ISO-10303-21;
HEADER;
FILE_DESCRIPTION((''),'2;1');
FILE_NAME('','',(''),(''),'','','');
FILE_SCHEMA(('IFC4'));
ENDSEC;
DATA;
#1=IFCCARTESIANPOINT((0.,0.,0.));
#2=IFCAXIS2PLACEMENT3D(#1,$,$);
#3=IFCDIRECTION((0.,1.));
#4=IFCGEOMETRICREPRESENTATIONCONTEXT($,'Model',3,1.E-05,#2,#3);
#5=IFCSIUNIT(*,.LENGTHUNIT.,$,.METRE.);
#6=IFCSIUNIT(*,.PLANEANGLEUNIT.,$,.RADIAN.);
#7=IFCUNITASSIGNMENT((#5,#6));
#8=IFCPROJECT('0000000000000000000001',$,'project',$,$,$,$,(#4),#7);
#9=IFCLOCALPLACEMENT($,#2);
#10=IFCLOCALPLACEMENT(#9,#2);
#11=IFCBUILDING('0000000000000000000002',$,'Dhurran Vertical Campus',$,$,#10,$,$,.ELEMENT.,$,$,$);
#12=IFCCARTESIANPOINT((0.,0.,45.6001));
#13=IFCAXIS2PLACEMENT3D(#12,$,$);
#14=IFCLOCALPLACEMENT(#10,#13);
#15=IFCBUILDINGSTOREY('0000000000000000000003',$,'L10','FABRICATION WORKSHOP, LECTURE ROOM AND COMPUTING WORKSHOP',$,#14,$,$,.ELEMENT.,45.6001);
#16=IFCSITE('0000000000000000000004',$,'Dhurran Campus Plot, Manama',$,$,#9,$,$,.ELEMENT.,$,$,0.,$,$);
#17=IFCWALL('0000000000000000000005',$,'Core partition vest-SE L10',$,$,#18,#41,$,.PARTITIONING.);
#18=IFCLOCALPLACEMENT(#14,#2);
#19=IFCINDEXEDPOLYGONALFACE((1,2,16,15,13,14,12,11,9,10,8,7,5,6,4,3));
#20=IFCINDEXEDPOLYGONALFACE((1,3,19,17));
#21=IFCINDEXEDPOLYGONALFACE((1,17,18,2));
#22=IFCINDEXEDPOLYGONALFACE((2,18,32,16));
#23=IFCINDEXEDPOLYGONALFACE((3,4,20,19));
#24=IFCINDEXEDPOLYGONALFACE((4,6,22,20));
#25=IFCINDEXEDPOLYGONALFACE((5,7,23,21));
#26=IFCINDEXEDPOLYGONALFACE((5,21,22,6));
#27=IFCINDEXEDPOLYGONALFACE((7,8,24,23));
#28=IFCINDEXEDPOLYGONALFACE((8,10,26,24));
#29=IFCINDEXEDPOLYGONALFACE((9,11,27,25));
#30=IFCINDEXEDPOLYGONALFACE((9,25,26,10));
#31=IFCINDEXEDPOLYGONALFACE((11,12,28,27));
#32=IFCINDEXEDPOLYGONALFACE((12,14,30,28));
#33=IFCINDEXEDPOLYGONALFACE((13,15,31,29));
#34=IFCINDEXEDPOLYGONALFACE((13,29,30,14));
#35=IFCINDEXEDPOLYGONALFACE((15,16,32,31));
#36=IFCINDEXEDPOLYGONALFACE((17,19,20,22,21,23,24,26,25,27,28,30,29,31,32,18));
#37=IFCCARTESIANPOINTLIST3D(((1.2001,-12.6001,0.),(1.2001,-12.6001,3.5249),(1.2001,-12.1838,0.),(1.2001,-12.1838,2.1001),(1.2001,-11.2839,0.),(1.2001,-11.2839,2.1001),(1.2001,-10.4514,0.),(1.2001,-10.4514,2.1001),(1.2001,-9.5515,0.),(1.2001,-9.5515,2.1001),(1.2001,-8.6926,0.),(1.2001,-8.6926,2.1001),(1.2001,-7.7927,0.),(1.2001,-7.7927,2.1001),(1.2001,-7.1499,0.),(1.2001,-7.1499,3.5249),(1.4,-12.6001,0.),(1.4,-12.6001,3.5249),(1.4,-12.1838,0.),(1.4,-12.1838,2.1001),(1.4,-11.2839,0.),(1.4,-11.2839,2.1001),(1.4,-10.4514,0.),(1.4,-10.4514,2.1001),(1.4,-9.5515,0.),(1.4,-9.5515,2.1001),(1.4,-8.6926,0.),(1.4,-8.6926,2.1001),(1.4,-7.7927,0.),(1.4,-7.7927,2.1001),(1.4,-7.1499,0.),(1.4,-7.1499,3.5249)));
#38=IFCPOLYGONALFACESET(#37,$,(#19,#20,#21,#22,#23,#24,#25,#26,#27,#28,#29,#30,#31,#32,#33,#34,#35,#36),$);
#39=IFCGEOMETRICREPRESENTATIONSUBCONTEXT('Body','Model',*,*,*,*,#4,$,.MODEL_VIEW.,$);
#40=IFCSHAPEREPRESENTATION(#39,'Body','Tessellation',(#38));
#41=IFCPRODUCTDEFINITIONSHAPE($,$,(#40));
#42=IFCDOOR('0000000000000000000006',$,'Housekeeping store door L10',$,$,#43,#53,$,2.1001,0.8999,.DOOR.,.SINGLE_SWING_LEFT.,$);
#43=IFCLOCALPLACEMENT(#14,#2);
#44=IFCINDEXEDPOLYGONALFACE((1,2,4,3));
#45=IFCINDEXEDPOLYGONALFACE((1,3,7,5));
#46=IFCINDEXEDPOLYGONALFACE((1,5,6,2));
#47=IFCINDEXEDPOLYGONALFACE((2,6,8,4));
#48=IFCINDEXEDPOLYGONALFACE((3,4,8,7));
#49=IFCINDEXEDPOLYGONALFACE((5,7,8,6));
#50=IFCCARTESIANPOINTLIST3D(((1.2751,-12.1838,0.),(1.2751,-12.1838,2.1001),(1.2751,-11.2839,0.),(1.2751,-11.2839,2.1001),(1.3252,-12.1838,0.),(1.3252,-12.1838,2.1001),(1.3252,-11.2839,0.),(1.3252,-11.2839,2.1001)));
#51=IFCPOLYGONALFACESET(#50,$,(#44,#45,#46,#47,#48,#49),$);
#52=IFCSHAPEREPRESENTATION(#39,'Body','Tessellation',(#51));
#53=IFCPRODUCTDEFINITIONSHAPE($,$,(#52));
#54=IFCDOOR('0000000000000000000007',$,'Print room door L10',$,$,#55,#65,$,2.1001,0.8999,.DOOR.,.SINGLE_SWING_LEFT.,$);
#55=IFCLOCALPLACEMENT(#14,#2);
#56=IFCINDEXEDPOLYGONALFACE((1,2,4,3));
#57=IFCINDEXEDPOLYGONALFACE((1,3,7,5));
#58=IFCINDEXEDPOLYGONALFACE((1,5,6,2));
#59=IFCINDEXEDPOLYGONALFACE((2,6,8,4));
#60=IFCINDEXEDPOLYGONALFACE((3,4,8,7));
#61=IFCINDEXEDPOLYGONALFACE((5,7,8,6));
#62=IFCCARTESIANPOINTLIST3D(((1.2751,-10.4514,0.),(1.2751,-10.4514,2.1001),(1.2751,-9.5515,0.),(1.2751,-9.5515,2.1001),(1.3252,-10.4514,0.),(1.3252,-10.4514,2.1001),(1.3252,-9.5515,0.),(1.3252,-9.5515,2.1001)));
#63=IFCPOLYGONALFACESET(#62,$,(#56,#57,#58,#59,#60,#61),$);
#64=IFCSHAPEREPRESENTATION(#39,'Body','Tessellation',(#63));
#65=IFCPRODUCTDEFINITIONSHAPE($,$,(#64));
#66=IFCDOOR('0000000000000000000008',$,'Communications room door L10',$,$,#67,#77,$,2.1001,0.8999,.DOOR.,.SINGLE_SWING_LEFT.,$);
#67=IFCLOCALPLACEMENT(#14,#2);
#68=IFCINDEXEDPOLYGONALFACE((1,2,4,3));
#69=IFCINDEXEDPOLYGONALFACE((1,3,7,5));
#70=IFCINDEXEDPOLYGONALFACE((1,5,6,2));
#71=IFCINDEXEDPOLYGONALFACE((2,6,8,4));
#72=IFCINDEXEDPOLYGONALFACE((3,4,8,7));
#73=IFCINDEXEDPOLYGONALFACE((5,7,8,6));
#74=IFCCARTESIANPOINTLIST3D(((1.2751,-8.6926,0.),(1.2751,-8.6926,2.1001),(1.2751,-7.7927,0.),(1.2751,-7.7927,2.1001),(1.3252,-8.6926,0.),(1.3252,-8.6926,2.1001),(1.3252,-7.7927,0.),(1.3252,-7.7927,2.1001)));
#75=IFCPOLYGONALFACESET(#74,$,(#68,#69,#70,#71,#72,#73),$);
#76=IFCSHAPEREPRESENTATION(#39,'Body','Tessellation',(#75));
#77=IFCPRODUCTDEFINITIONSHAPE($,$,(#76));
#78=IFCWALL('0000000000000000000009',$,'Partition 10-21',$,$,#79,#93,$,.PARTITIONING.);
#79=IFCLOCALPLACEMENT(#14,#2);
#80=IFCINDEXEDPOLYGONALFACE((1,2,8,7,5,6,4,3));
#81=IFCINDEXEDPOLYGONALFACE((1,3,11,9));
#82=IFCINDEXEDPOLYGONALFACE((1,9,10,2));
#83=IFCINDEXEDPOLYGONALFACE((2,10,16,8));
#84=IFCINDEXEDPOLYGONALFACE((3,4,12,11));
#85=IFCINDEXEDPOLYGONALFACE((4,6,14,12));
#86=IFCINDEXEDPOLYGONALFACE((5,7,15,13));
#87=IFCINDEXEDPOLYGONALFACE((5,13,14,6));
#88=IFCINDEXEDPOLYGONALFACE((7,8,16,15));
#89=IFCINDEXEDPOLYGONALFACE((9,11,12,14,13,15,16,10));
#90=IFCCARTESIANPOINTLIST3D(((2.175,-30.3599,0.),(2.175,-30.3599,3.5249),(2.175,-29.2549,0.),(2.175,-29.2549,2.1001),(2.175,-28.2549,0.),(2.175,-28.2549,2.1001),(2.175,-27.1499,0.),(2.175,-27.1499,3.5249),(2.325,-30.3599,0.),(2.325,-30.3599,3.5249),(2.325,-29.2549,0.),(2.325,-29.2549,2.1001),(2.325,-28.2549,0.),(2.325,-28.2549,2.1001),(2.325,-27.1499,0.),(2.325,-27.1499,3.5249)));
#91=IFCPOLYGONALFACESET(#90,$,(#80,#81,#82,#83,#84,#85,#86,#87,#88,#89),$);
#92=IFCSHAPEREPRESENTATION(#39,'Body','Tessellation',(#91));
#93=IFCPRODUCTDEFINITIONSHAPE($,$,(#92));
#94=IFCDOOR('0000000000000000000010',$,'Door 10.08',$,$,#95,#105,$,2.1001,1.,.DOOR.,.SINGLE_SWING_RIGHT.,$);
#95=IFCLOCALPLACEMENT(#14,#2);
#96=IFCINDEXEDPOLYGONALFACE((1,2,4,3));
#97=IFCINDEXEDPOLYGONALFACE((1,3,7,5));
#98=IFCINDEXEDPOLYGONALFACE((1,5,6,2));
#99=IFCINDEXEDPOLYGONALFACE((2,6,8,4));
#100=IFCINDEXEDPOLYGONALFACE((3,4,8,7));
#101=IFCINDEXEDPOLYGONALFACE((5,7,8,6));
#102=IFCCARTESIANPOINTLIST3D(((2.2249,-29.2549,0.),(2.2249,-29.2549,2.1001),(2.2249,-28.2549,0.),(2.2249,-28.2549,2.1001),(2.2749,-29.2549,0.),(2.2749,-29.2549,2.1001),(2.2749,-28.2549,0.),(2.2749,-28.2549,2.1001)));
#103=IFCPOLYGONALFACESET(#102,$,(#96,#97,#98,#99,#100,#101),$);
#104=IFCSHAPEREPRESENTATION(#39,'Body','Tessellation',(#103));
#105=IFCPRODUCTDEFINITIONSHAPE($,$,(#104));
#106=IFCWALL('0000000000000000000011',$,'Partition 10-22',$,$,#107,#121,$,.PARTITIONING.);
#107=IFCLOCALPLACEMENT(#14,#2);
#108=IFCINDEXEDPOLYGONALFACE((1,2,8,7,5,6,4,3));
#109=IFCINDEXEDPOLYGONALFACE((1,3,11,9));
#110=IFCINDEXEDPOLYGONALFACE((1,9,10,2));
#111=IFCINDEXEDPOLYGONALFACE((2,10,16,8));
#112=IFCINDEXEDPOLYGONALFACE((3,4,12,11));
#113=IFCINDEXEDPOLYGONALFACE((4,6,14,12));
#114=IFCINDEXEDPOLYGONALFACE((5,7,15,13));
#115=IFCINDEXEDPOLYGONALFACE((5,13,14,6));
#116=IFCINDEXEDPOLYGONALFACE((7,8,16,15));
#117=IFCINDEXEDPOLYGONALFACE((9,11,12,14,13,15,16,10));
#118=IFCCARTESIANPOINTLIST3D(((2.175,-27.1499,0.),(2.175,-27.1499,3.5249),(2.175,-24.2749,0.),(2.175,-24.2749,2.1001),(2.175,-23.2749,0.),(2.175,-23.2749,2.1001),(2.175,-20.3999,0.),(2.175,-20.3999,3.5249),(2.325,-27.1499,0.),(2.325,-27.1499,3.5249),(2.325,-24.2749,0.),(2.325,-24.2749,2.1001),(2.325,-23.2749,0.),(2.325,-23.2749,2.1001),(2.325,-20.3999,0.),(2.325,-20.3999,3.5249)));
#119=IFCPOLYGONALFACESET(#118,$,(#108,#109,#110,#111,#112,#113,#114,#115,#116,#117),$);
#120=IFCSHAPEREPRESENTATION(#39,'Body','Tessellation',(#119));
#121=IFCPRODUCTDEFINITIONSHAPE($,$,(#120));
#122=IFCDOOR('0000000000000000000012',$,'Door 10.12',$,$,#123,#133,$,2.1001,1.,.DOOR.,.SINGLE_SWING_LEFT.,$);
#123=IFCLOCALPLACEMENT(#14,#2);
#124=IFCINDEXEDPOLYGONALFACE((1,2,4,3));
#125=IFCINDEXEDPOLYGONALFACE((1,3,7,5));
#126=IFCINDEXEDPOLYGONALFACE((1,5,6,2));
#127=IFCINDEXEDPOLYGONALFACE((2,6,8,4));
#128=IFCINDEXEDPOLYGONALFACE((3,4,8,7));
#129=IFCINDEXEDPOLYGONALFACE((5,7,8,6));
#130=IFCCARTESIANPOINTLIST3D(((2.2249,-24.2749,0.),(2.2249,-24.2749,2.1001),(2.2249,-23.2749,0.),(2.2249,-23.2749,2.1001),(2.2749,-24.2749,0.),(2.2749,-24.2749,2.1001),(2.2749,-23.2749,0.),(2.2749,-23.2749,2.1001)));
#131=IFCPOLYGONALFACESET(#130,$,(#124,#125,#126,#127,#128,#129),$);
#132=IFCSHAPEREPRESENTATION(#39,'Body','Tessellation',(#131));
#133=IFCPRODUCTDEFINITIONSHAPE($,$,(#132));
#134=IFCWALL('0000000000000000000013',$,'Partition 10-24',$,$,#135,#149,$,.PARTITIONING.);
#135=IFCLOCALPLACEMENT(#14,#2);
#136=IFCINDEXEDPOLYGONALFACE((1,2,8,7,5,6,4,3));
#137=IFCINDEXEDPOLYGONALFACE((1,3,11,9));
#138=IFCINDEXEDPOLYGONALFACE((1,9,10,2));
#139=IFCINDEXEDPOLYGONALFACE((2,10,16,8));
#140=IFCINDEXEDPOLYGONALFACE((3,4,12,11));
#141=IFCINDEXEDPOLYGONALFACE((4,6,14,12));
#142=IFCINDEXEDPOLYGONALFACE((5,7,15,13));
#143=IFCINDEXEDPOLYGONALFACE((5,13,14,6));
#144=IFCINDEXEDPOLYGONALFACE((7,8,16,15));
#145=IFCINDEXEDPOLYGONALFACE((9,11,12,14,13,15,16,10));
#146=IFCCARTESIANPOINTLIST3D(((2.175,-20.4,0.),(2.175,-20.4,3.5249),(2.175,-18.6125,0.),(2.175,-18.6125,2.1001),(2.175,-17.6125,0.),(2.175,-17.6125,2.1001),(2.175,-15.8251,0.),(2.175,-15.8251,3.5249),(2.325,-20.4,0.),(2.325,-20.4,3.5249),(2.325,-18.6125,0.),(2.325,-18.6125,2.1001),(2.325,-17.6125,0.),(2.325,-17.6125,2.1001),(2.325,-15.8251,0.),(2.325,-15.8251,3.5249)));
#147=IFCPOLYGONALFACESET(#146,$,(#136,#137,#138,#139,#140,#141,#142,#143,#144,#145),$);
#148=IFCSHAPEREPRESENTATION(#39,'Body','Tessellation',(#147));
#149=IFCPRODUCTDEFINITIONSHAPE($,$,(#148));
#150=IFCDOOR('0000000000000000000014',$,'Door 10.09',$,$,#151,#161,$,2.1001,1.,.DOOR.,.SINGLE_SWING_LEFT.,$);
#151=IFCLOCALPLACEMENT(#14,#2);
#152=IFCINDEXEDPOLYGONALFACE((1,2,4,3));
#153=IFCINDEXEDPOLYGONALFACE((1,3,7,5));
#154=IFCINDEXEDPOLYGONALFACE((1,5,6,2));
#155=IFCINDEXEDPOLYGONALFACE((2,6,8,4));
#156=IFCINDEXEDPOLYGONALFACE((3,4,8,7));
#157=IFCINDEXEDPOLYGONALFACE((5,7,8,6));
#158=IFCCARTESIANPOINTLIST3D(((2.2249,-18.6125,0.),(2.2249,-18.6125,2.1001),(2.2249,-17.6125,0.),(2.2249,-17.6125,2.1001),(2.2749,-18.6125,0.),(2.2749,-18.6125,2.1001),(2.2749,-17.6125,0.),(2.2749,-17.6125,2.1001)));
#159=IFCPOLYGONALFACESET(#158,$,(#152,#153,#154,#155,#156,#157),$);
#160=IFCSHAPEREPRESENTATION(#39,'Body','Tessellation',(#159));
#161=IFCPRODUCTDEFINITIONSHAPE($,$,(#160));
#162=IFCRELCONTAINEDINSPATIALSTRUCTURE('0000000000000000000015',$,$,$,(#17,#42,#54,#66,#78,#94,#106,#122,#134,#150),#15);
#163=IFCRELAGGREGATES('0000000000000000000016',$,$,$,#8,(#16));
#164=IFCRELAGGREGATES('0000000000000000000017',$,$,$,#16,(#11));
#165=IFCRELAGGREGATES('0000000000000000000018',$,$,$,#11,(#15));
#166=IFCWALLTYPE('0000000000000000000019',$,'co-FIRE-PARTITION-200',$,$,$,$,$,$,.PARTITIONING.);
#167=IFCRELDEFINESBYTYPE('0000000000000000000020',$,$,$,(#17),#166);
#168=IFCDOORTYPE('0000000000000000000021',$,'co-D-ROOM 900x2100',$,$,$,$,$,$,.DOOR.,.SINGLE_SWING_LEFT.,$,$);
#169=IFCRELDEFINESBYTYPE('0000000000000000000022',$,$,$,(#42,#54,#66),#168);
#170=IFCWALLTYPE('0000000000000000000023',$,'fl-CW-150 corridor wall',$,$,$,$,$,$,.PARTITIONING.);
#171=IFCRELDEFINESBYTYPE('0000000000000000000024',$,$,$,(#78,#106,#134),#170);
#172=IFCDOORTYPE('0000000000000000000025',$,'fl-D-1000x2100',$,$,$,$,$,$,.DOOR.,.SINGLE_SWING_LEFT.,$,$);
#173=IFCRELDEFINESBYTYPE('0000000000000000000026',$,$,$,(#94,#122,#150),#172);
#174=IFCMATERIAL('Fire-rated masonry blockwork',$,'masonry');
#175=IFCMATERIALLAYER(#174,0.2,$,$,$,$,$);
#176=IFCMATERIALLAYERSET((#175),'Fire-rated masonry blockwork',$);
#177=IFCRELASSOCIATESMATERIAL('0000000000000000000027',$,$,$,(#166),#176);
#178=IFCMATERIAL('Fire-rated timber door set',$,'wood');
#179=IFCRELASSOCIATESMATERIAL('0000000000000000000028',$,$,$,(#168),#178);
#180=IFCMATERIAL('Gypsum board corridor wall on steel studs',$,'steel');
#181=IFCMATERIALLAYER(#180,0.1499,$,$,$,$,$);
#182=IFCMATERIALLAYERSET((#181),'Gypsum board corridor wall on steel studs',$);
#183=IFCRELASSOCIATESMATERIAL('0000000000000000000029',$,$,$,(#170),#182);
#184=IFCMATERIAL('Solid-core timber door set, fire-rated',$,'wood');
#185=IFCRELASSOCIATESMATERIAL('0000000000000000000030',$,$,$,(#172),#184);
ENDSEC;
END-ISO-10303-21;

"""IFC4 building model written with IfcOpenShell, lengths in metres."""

from ifc_helpers import new_model, si_unit, direction, frame, frame_2d, origin, place, context, subcontext, project, spatial, rectangle, extrude, material, layer, layer_set, type_object, element, fill, save


model = new_model("IFC4")

# Units and contexts
model_context = context("Model", 3, precision=1e-05, world=origin(), true_north=direction((0.0, 1.0)))
body_context = subcontext(model_context, "Body", "Model", "MODEL_VIEW")
ifc_project = project(units=[si_unit("LENGTHUNIT", "METRE"), si_unit("PLANEANGLEUNIT", "RADIAN")], contexts=[model_context])

# Site, building, storey
site_placement = place(None, origin())
site = spatial("IfcSite", under=ifc_project, at=site_placement, Name="Dhurran Campus Plot, Manama", CompositionType="ELEMENT", RefElevation=0.0)
building_placement = place(site_placement, origin())
building = spatial("IfcBuilding", under=site, at=building_placement, Name="Dhurran Vertical Campus", CompositionType="ELEMENT")
storey_placement = place(building_placement, frame((0.0, 0.0, 45.6001)))
storey = spatial("IfcBuildingStorey", under=building, at=storey_placement, Name="L10", Description="FABRICATION WORKSHOP, LECTURE ROOM AND COMPUTING WORKSHOP", CompositionType="ELEMENT", Elevation=45.6001)

# Wall, openings, doors
ifc_material_1 = material(Name="Fire-rated masonry blockwork", Category="masonry")
ifc_layer_1 = layer(ifc_material_1, 0.2)
ifc_layer_set_1 = layer_set([ifc_layer_1], Name="Fire-rated masonry blockwork")
wall_type_1 = type_object("IfcWallType", Name="co-FIRE-PARTITION-200", PredefinedType="PARTITIONING", material=ifc_layer_set_1)
wall_1_placement = place(storey_placement, frame((1.3, -12.6001, 0.0), z_axis=(0.0, 0.0, 1.0), x_axis=(0.0, 1.0, 0.0)))
wall_1 = element("IfcWall", 1, at=wall_1_placement, inside=storey, type_object=wall_type_1, Name="Core partition vest-SE L10", PredefinedType="PARTITIONING", context=body_context, shape_type="SweptSolid", body=[
    extrude(rectangle(XDim=5.4502, YDim=0.2, at=frame_2d((2.7251, 0.0))), origin(), (0.0, 0.0, 1.0), 3.5249),
])
opening_1_placement = place(wall_1_placement, frame((0.4163, 0.0, 0.0)))
opening_1 = element("IfcOpeningElement", 2, at=opening_1_placement, cuts=wall_1, PredefinedType="OPENING", context=body_context, shape_type="SweptSolid", body=[
    extrude(rectangle(XDim=0.8999, YDim=2.1001, at=frame_2d((0.45, 1.05))), frame((0.0, 0.1099, 0.0), z_axis=(0.0, -1.0, 0.0), x_axis=(1.0, 0.0, 0.0)), (0.0, 0.0, 1.0), 0.22),
])
opening_2_placement = place(wall_1_placement, frame((2.1487, 0.0, 0.0)))
opening_2 = element("IfcOpeningElement", 3, at=opening_2_placement, cuts=wall_1, PredefinedType="OPENING", context=body_context, shape_type="SweptSolid", body=[
    extrude(rectangle(XDim=0.8999, YDim=2.1001, at=frame_2d((0.45, 1.05))), frame((0.0, 0.1099, 0.0), z_axis=(0.0, -1.0, 0.0), x_axis=(1.0, 0.0, 0.0)), (0.0, 0.0, 1.0), 0.22),
])
opening_3_placement = place(wall_1_placement, frame((3.9075, 0.0, 0.0)))
opening_3 = element("IfcOpeningElement", 4, at=opening_3_placement, cuts=wall_1, PredefinedType="OPENING", context=body_context, shape_type="SweptSolid", body=[
    extrude(rectangle(XDim=0.8999, YDim=2.1001, at=frame_2d((0.45, 1.05))), frame((0.0, 0.1099, 0.0), z_axis=(0.0, -1.0, 0.0), x_axis=(1.0, 0.0, 0.0)), (0.0, 0.0, 1.0), 0.22),
])
ifc_material_2 = material(Name="Fire-rated timber door set", Category="wood")
door_type_1 = type_object("IfcDoorType", Name="co-D-ROOM 900x2100", OperationType="SINGLE_SWING_LEFT", PredefinedType="DOOR", material=ifc_material_2)
door_1_placement = place(opening_1_placement, origin())
door_1 = element("IfcDoor", 5, at=door_1_placement, inside=storey, type_object=door_type_1, Name="Housekeeping store door L10", OperationType="SINGLE_SWING_LEFT", OverallHeight=2.1001, OverallWidth=0.8999, PredefinedType="DOOR", context=body_context, shape_type="SweptSolid", body=[
    extrude(rectangle(XDim=0.8999, YDim=2.1001, at=frame_2d((0.45, 1.05))), frame((0.0, 0.0249, 0.0), z_axis=(0.0, -1.0, 0.0), x_axis=(1.0, 0.0, 0.0)), (0.0, 0.0, 1.0), 0.05),
])
fill(opening_1, door_1)
door_2_placement = place(opening_2_placement, origin())
door_2 = element("IfcDoor", 6, at=door_2_placement, inside=storey, type_object=door_type_1, Name="Print room door L10", OperationType="SINGLE_SWING_LEFT", OverallHeight=2.1001, OverallWidth=0.8999, PredefinedType="DOOR", context=body_context, shape_type="SweptSolid", body=[
    extrude(rectangle(XDim=0.8999, YDim=2.1001, at=frame_2d((0.45, 1.05))), frame((0.0, 0.0249, 0.0), z_axis=(0.0, -1.0, 0.0), x_axis=(1.0, 0.0, 0.0)), (0.0, 0.0, 1.0), 0.05),
])
fill(opening_2, door_2)
door_3_placement = place(opening_3_placement, origin())
door_3 = element("IfcDoor", 7, at=door_3_placement, inside=storey, type_object=door_type_1, Name="Communications room door L10", OperationType="SINGLE_SWING_LEFT", OverallHeight=2.1001, OverallWidth=0.8999, PredefinedType="DOOR", context=body_context, shape_type="SweptSolid", body=[
    extrude(rectangle(XDim=0.8999, YDim=2.1001, at=frame_2d((0.45, 1.05))), frame((0.0, 0.0249, 0.0), z_axis=(0.0, -1.0, 0.0), x_axis=(1.0, 0.0, 0.0)), (0.0, 0.0, 1.0), 0.05),
])
fill(opening_3, door_3)

# Walls, openings, doors
ifc_material_3 = material(Name="Gypsum board corridor wall on steel studs", Category="steel")
ifc_layer_2 = layer(ifc_material_3, 0.1499)
ifc_layer_set_2 = layer_set([ifc_layer_2], Name="Gypsum board corridor wall on steel studs")
wall_type_2 = type_object("IfcWallType", Name="fl-CW-150 corridor wall", PredefinedType="PARTITIONING", material=ifc_layer_set_2)
wall_2_placement = place(storey_placement, frame((2.25, -27.1499, 0.0), z_axis=(0.0, 0.0, 1.0), x_axis=(0.0, -1.0, 0.0)))
wall_2 = element("IfcWall", 8, at=wall_2_placement, inside=storey, type_object=wall_type_2, Name="Partition 10-21", PredefinedType="PARTITIONING", context=body_context, shape_type="SweptSolid", body=[
    extrude(rectangle(XDim=3.21, YDim=0.1499, at=frame_2d((1.605, 0.0))), origin(), (0.0, 0.0, 1.0), 3.5249),
])
opening_4_placement = place(wall_2_placement, frame((1.105, 0.0, 0.0)))
opening_4 = element("IfcOpeningElement", 9, at=opening_4_placement, cuts=wall_2, PredefinedType="OPENING", context=body_context, shape_type="SweptSolid", body=[
    extrude(rectangle(XDim=1.0, YDim=2.1001, at=frame_2d((0.5, 1.05))), frame((0.0, 0.085, 0.0), z_axis=(0.0, -1.0, 0.0), x_axis=(1.0, 0.0, 0.0)), (0.0, 0.0, 1.0), 0.1699),
])
ifc_material_4 = material(Name="Solid-core timber door set, fire-rated", Category="wood")
door_type_2 = type_object("IfcDoorType", Name="fl-D-1000x2100", OperationType="SINGLE_SWING_LEFT", PredefinedType="DOOR", material=ifc_material_4)
door_4_placement = place(opening_4_placement, origin())
door_4 = element("IfcDoor", 10, at=door_4_placement, inside=storey, type_object=door_type_2, Name="Door 10.08", OperationType="SINGLE_SWING_RIGHT", OverallHeight=2.1001, OverallWidth=1.0, PredefinedType="DOOR", context=body_context, shape_type="SweptSolid", body=[
    extrude(rectangle(XDim=1.0, YDim=2.1001, at=frame_2d((0.5, 1.05))), frame((0.0, 0.0249, 0.0), z_axis=(0.0, -1.0, 0.0), x_axis=(1.0, 0.0, 0.0)), (0.0, 0.0, 1.0), 0.05),
])
fill(opening_4, door_4)
wall_3_placement = place(storey_placement, frame((2.25, -20.3999, 0.0), z_axis=(0.0, 0.0, 1.0), x_axis=(0.0, -1.0, 0.0)))
wall_3 = element("IfcWall", 11, at=wall_3_placement, inside=storey, type_object=wall_type_2, Name="Partition 10-22", PredefinedType="PARTITIONING", context=body_context, shape_type="SweptSolid", body=[
    extrude(rectangle(XDim=6.75, YDim=0.1499, at=frame_2d((3.375, 0.0))), origin(), (0.0, 0.0, 1.0), 3.5249),
])
opening_5_placement = place(wall_3_placement, frame((2.875, 0.0, 0.0)))
opening_5 = element("IfcOpeningElement", 12, at=opening_5_placement, cuts=wall_3, PredefinedType="OPENING", context=body_context, shape_type="SweptSolid", body=[
    extrude(rectangle(XDim=1.0, YDim=2.1001, at=frame_2d((0.5, 1.05))), frame((0.0, 0.085, 0.0), z_axis=(0.0, -1.0, 0.0), x_axis=(1.0, 0.0, 0.0)), (0.0, 0.0, 1.0), 0.1699),
])
door_5_placement = place(opening_5_placement, origin())
door_5 = element("IfcDoor", 13, at=door_5_placement, inside=storey, type_object=door_type_2, Name="Door 10.12", OperationType="SINGLE_SWING_LEFT", OverallHeight=2.1001, OverallWidth=1.0, PredefinedType="DOOR", context=body_context, shape_type="SweptSolid", body=[
    extrude(rectangle(XDim=1.0, YDim=2.1001, at=frame_2d((0.5, 1.05))), frame((0.0, 0.0249, 0.0), z_axis=(0.0, -1.0, 0.0), x_axis=(1.0, 0.0, 0.0)), (0.0, 0.0, 1.0), 0.05),
])
fill(opening_5, door_5)
wall_4_placement = place(storey_placement, frame((2.25, -15.825, 0.0), z_axis=(0.0, 0.0, 1.0), x_axis=(0.0, -1.0, 0.0)))
wall_4 = element("IfcWall", 14, at=wall_4_placement, inside=storey, type_object=wall_type_2, Name="Partition 10-24", PredefinedType="PARTITIONING", context=body_context, shape_type="SweptSolid", body=[
    extrude(rectangle(XDim=4.575, YDim=0.1499, at=frame_2d((2.2876, 0.0))), origin(), (0.0, 0.0, 1.0), 3.5249),
])
opening_6_placement = place(wall_4_placement, frame((1.7876, 0.0, 0.0)))
opening_6 = element("IfcOpeningElement", 15, at=opening_6_placement, cuts=wall_4, PredefinedType="OPENING", context=body_context, shape_type="SweptSolid", body=[
    extrude(rectangle(XDim=1.0, YDim=2.1001, at=frame_2d((0.5, 1.05))), frame((0.0, 0.085, 0.0), z_axis=(0.0, -1.0, 0.0), x_axis=(1.0, 0.0, 0.0)), (0.0, 0.0, 1.0), 0.1699),
])
door_6_placement = place(opening_6_placement, origin())
door_6 = element("IfcDoor", 16, at=door_6_placement, inside=storey, type_object=door_type_2, Name="Door 10.09", OperationType="SINGLE_SWING_LEFT", OverallHeight=2.1001, OverallWidth=1.0, PredefinedType="DOOR", context=body_context, shape_type="SweptSolid", body=[
    extrude(rectangle(XDim=1.0, YDim=2.1001, at=frame_2d((0.5, 1.05))), frame((0.0, 0.0249, 0.0), z_axis=(0.0, -1.0, 0.0), x_axis=(1.0, 0.0, 0.0)), (0.0, 0.0, 1.0), 0.05),
])
fill(opening_6, door_6)

save(model, "model.ifc")
